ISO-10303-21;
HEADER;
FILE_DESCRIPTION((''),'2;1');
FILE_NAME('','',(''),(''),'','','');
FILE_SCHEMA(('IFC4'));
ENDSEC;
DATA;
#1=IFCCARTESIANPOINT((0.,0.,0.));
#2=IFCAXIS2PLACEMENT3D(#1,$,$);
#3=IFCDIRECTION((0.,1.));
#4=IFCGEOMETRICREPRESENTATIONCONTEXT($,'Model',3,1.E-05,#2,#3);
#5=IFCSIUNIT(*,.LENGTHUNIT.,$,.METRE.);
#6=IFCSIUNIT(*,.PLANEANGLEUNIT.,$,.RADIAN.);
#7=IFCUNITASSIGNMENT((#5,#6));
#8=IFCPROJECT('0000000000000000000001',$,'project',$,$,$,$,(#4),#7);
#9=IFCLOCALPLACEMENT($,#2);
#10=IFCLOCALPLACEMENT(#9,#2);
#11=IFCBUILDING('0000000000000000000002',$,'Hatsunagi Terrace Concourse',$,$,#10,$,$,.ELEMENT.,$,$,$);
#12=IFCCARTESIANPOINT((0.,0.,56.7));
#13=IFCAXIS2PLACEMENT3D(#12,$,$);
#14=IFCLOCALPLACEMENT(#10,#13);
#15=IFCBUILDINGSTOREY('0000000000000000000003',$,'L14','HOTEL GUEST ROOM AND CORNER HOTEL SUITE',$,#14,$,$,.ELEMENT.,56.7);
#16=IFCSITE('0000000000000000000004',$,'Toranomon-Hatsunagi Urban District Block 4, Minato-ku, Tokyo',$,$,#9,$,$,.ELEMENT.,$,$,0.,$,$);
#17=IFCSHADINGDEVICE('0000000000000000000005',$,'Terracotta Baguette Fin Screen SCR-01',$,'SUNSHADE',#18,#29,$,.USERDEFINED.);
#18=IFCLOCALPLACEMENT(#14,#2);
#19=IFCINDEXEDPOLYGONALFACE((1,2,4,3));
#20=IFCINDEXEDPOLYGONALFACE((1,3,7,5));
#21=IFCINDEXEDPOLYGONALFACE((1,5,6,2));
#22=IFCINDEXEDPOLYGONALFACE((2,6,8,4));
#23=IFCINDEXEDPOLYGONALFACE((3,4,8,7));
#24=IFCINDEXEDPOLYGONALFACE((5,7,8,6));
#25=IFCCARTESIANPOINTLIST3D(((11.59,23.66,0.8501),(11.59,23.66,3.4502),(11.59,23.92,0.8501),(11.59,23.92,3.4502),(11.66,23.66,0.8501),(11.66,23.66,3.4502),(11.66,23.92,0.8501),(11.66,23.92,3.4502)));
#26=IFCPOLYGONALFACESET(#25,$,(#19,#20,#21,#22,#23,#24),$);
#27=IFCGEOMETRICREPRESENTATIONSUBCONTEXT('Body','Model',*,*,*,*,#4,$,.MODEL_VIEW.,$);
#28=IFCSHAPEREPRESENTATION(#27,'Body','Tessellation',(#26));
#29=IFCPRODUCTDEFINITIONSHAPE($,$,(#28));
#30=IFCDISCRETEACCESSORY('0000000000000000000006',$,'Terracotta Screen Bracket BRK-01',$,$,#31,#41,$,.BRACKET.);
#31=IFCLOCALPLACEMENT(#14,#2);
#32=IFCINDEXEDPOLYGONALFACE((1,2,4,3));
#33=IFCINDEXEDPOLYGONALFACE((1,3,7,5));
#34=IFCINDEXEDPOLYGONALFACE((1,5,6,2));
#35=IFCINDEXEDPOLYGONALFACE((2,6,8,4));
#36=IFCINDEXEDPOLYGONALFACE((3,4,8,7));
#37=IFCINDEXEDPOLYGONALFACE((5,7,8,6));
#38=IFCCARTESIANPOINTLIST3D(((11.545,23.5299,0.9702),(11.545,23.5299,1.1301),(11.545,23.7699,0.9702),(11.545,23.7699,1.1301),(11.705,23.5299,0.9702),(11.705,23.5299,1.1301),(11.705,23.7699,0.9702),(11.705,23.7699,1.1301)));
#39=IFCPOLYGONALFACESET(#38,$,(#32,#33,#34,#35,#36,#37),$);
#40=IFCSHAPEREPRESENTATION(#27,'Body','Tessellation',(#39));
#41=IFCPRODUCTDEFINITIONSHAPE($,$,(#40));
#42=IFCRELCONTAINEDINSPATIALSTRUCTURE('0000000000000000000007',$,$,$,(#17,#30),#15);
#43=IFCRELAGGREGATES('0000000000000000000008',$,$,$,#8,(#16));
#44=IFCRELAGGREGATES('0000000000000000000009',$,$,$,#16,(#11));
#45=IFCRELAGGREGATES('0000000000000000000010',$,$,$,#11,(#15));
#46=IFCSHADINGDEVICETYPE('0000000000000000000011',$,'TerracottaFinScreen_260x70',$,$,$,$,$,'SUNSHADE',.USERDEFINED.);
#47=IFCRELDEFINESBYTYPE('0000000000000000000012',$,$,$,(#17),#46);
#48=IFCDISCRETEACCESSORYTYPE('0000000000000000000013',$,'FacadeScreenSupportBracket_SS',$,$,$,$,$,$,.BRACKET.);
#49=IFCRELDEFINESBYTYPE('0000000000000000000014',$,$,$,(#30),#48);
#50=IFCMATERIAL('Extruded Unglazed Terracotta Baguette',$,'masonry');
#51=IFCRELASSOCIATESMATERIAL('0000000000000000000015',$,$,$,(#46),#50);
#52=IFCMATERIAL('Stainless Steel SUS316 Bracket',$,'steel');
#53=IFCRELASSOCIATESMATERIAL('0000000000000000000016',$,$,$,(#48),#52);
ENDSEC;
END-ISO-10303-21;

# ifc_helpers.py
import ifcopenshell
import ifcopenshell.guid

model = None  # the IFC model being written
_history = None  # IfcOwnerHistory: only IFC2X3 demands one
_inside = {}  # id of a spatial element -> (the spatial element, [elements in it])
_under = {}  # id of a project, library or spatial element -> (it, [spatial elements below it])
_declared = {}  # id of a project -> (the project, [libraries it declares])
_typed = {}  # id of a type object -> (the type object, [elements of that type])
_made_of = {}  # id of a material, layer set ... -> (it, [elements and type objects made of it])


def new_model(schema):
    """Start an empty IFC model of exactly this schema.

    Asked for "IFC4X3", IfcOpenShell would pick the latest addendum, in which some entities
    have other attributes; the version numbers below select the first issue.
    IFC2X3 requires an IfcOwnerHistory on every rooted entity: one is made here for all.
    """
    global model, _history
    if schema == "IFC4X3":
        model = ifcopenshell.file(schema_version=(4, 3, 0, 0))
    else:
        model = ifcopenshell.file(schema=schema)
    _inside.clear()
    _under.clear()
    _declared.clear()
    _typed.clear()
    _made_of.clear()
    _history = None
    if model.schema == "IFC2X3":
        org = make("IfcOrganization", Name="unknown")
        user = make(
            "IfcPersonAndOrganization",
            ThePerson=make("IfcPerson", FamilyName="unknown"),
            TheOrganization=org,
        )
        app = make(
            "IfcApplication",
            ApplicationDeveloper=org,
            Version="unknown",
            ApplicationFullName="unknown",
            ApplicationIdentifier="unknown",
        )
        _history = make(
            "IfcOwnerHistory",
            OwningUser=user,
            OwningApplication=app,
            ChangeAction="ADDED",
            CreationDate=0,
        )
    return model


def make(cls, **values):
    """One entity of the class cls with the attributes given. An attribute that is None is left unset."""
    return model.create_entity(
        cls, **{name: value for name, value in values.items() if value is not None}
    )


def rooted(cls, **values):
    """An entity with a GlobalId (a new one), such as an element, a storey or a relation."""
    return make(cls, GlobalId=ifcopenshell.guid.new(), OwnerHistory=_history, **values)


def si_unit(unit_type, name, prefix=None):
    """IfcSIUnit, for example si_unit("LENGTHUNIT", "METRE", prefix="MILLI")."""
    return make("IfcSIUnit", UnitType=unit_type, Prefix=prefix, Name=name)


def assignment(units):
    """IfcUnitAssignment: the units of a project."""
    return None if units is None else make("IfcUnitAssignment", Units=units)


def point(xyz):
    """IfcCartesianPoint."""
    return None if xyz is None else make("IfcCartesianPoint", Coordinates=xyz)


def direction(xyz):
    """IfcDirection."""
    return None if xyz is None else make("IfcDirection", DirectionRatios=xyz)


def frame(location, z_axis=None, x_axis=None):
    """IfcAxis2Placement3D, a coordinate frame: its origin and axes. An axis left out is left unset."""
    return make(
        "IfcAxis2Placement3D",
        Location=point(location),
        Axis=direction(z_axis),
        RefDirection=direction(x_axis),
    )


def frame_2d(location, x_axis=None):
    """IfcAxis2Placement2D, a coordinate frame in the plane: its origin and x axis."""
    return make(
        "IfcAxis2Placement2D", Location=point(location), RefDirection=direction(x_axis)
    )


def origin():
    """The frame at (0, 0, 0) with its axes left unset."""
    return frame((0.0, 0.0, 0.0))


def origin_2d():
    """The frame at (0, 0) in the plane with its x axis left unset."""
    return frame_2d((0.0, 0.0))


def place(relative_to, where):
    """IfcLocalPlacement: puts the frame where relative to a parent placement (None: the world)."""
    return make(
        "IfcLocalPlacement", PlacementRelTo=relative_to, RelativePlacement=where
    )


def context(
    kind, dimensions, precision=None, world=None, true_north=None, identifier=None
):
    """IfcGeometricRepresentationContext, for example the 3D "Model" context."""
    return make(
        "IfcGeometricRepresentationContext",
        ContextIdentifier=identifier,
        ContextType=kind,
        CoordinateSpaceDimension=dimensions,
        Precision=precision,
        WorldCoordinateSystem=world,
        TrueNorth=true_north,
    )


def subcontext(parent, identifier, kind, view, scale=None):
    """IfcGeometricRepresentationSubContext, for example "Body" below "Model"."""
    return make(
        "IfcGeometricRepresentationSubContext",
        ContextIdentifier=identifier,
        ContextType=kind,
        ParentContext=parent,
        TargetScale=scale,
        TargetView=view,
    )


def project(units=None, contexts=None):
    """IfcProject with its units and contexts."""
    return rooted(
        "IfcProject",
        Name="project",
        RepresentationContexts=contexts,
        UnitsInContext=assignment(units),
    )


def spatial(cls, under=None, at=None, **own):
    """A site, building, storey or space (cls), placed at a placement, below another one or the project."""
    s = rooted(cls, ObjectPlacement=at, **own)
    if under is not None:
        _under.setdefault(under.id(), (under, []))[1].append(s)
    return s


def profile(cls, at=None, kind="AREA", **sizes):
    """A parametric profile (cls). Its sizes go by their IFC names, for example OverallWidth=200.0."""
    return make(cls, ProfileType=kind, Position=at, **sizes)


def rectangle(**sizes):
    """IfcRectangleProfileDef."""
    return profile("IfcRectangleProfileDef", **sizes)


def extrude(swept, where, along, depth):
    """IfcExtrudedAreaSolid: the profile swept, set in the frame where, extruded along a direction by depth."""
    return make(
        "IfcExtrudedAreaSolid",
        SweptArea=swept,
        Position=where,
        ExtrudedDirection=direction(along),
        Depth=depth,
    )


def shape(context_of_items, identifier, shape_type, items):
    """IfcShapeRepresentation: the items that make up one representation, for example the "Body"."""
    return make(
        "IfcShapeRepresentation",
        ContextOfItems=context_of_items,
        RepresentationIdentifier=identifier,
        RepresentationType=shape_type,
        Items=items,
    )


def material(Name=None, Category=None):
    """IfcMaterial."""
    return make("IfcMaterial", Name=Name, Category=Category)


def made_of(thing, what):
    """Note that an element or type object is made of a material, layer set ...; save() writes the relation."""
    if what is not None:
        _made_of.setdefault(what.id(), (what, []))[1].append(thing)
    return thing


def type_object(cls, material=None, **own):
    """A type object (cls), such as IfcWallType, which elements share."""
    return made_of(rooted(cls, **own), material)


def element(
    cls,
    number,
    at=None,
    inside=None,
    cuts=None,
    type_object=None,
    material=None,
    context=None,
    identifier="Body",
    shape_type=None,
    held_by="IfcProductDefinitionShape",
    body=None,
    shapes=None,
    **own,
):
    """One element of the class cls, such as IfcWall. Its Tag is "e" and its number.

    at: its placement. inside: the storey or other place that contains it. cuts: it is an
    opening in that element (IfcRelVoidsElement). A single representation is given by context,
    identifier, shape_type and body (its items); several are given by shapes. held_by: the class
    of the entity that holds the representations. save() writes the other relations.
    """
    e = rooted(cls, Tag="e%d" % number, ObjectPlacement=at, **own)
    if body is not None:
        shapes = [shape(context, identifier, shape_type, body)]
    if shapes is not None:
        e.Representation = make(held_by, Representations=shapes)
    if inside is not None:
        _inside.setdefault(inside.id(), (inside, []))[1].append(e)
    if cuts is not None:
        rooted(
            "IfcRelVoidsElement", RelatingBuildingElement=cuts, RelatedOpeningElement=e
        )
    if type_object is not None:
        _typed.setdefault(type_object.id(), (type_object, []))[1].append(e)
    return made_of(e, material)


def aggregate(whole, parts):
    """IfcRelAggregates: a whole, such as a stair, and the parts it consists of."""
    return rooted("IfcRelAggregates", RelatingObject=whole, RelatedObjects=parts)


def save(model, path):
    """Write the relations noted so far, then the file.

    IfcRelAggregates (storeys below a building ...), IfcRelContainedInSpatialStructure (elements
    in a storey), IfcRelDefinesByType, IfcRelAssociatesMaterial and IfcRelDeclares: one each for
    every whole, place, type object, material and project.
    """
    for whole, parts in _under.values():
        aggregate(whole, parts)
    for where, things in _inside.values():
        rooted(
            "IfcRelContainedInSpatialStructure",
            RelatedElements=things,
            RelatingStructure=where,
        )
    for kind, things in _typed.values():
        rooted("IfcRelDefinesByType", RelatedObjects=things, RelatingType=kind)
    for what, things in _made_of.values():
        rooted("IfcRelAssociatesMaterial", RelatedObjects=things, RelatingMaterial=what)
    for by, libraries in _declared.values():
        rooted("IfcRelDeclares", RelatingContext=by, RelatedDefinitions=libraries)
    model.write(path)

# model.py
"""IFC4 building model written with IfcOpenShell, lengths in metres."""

from ifc_helpers import new_model, si_unit, direction, frame, origin, origin_2d, place, context, subcontext, project, spatial, rectangle, extrude, material, type_object, element, save


model = new_model("IFC4")

# Units and contexts
model_context = context("Model", 3, precision=1e-05, world=origin(), true_north=direction((0.0, 1.0)))
body_context = subcontext(model_context, "Body", "Model", "MODEL_VIEW")
ifc_project = project(units=[si_unit("LENGTHUNIT", "METRE"), si_unit("PLANEANGLEUNIT", "RADIAN")], contexts=[model_context])

# Site, building, storey
site_placement = place(None, origin())
site = spatial("IfcSite", under=ifc_project, at=site_placement, Name="Toranomon-Hatsunagi Urban District Block 4, Minato-ku, Tokyo", CompositionType="ELEMENT", RefElevation=0.0)
building_placement = place(site_placement, origin())
building = spatial("IfcBuilding", under=site, at=building_placement, Name="Hatsunagi Terrace Concourse", CompositionType="ELEMENT")
storey_placement = place(building_placement, frame((0.0, 0.0, 56.7)))
storey = spatial("IfcBuildingStorey", under=building, at=storey_placement, Name="L14", Description="HOTEL GUEST ROOM AND CORNER HOTEL SUITE", CompositionType="ELEMENT", Elevation=56.7)

# Shading device
ifc_material_1 = material(Name="Extruded Unglazed Terracotta Baguette", Category="masonry")
shading_device_type = type_object("IfcShadingDeviceType", Name="TerracottaFinScreen_260x70", ElementType="SUNSHADE", PredefinedType="USERDEFINED", material=ifc_material_1)
shading_device_placement = place(storey_placement, frame((11.625, 23.79, 0.8501), z_axis=(0.0, 0.0, 1.0), x_axis=(-1.0, 0.0, 0.0)))
element("IfcShadingDevice", 1, at=shading_device_placement, inside=storey, type_object=shading_device_type, Name="Terracotta Baguette Fin Screen SCR-01", ObjectType="SUNSHADE", PredefinedType="USERDEFINED", context=body_context, shape_type="SweptSolid", body=[
    extrude(rectangle(XDim=0.0701, YDim=0.26, at=origin_2d()), origin(), (0.0, 0.0, 1.0), 2.6001),
])

# Discrete accessory
ifc_material_2 = material(Name="Stainless Steel SUS316 Bracket", Category="steel")
discrete_accessory_type = type_object("IfcDiscreteAccessoryType", Name="FacadeScreenSupportBracket_SS", PredefinedType="BRACKET", material=ifc_material_2)
discrete_accessory_placement = place(storey_placement, frame((11.625, 23.6499, 0.9702), z_axis=(0.0, 0.0, 1.0), x_axis=(-1.0, 0.0, 0.0)))
element("IfcDiscreteAccessory", 2, at=discrete_accessory_placement, inside=storey, type_object=discrete_accessory_type, Name="Terracotta Screen Bracket BRK-01", PredefinedType="BRACKET", context=body_context, shape_type="SweptSolid", body=[
    extrude(rectangle(XDim=0.1599, YDim=0.24, at=origin_2d()), origin(), (0.0, 0.0, 1.0), 0.1599),
])

save(model, "model.ifc")
